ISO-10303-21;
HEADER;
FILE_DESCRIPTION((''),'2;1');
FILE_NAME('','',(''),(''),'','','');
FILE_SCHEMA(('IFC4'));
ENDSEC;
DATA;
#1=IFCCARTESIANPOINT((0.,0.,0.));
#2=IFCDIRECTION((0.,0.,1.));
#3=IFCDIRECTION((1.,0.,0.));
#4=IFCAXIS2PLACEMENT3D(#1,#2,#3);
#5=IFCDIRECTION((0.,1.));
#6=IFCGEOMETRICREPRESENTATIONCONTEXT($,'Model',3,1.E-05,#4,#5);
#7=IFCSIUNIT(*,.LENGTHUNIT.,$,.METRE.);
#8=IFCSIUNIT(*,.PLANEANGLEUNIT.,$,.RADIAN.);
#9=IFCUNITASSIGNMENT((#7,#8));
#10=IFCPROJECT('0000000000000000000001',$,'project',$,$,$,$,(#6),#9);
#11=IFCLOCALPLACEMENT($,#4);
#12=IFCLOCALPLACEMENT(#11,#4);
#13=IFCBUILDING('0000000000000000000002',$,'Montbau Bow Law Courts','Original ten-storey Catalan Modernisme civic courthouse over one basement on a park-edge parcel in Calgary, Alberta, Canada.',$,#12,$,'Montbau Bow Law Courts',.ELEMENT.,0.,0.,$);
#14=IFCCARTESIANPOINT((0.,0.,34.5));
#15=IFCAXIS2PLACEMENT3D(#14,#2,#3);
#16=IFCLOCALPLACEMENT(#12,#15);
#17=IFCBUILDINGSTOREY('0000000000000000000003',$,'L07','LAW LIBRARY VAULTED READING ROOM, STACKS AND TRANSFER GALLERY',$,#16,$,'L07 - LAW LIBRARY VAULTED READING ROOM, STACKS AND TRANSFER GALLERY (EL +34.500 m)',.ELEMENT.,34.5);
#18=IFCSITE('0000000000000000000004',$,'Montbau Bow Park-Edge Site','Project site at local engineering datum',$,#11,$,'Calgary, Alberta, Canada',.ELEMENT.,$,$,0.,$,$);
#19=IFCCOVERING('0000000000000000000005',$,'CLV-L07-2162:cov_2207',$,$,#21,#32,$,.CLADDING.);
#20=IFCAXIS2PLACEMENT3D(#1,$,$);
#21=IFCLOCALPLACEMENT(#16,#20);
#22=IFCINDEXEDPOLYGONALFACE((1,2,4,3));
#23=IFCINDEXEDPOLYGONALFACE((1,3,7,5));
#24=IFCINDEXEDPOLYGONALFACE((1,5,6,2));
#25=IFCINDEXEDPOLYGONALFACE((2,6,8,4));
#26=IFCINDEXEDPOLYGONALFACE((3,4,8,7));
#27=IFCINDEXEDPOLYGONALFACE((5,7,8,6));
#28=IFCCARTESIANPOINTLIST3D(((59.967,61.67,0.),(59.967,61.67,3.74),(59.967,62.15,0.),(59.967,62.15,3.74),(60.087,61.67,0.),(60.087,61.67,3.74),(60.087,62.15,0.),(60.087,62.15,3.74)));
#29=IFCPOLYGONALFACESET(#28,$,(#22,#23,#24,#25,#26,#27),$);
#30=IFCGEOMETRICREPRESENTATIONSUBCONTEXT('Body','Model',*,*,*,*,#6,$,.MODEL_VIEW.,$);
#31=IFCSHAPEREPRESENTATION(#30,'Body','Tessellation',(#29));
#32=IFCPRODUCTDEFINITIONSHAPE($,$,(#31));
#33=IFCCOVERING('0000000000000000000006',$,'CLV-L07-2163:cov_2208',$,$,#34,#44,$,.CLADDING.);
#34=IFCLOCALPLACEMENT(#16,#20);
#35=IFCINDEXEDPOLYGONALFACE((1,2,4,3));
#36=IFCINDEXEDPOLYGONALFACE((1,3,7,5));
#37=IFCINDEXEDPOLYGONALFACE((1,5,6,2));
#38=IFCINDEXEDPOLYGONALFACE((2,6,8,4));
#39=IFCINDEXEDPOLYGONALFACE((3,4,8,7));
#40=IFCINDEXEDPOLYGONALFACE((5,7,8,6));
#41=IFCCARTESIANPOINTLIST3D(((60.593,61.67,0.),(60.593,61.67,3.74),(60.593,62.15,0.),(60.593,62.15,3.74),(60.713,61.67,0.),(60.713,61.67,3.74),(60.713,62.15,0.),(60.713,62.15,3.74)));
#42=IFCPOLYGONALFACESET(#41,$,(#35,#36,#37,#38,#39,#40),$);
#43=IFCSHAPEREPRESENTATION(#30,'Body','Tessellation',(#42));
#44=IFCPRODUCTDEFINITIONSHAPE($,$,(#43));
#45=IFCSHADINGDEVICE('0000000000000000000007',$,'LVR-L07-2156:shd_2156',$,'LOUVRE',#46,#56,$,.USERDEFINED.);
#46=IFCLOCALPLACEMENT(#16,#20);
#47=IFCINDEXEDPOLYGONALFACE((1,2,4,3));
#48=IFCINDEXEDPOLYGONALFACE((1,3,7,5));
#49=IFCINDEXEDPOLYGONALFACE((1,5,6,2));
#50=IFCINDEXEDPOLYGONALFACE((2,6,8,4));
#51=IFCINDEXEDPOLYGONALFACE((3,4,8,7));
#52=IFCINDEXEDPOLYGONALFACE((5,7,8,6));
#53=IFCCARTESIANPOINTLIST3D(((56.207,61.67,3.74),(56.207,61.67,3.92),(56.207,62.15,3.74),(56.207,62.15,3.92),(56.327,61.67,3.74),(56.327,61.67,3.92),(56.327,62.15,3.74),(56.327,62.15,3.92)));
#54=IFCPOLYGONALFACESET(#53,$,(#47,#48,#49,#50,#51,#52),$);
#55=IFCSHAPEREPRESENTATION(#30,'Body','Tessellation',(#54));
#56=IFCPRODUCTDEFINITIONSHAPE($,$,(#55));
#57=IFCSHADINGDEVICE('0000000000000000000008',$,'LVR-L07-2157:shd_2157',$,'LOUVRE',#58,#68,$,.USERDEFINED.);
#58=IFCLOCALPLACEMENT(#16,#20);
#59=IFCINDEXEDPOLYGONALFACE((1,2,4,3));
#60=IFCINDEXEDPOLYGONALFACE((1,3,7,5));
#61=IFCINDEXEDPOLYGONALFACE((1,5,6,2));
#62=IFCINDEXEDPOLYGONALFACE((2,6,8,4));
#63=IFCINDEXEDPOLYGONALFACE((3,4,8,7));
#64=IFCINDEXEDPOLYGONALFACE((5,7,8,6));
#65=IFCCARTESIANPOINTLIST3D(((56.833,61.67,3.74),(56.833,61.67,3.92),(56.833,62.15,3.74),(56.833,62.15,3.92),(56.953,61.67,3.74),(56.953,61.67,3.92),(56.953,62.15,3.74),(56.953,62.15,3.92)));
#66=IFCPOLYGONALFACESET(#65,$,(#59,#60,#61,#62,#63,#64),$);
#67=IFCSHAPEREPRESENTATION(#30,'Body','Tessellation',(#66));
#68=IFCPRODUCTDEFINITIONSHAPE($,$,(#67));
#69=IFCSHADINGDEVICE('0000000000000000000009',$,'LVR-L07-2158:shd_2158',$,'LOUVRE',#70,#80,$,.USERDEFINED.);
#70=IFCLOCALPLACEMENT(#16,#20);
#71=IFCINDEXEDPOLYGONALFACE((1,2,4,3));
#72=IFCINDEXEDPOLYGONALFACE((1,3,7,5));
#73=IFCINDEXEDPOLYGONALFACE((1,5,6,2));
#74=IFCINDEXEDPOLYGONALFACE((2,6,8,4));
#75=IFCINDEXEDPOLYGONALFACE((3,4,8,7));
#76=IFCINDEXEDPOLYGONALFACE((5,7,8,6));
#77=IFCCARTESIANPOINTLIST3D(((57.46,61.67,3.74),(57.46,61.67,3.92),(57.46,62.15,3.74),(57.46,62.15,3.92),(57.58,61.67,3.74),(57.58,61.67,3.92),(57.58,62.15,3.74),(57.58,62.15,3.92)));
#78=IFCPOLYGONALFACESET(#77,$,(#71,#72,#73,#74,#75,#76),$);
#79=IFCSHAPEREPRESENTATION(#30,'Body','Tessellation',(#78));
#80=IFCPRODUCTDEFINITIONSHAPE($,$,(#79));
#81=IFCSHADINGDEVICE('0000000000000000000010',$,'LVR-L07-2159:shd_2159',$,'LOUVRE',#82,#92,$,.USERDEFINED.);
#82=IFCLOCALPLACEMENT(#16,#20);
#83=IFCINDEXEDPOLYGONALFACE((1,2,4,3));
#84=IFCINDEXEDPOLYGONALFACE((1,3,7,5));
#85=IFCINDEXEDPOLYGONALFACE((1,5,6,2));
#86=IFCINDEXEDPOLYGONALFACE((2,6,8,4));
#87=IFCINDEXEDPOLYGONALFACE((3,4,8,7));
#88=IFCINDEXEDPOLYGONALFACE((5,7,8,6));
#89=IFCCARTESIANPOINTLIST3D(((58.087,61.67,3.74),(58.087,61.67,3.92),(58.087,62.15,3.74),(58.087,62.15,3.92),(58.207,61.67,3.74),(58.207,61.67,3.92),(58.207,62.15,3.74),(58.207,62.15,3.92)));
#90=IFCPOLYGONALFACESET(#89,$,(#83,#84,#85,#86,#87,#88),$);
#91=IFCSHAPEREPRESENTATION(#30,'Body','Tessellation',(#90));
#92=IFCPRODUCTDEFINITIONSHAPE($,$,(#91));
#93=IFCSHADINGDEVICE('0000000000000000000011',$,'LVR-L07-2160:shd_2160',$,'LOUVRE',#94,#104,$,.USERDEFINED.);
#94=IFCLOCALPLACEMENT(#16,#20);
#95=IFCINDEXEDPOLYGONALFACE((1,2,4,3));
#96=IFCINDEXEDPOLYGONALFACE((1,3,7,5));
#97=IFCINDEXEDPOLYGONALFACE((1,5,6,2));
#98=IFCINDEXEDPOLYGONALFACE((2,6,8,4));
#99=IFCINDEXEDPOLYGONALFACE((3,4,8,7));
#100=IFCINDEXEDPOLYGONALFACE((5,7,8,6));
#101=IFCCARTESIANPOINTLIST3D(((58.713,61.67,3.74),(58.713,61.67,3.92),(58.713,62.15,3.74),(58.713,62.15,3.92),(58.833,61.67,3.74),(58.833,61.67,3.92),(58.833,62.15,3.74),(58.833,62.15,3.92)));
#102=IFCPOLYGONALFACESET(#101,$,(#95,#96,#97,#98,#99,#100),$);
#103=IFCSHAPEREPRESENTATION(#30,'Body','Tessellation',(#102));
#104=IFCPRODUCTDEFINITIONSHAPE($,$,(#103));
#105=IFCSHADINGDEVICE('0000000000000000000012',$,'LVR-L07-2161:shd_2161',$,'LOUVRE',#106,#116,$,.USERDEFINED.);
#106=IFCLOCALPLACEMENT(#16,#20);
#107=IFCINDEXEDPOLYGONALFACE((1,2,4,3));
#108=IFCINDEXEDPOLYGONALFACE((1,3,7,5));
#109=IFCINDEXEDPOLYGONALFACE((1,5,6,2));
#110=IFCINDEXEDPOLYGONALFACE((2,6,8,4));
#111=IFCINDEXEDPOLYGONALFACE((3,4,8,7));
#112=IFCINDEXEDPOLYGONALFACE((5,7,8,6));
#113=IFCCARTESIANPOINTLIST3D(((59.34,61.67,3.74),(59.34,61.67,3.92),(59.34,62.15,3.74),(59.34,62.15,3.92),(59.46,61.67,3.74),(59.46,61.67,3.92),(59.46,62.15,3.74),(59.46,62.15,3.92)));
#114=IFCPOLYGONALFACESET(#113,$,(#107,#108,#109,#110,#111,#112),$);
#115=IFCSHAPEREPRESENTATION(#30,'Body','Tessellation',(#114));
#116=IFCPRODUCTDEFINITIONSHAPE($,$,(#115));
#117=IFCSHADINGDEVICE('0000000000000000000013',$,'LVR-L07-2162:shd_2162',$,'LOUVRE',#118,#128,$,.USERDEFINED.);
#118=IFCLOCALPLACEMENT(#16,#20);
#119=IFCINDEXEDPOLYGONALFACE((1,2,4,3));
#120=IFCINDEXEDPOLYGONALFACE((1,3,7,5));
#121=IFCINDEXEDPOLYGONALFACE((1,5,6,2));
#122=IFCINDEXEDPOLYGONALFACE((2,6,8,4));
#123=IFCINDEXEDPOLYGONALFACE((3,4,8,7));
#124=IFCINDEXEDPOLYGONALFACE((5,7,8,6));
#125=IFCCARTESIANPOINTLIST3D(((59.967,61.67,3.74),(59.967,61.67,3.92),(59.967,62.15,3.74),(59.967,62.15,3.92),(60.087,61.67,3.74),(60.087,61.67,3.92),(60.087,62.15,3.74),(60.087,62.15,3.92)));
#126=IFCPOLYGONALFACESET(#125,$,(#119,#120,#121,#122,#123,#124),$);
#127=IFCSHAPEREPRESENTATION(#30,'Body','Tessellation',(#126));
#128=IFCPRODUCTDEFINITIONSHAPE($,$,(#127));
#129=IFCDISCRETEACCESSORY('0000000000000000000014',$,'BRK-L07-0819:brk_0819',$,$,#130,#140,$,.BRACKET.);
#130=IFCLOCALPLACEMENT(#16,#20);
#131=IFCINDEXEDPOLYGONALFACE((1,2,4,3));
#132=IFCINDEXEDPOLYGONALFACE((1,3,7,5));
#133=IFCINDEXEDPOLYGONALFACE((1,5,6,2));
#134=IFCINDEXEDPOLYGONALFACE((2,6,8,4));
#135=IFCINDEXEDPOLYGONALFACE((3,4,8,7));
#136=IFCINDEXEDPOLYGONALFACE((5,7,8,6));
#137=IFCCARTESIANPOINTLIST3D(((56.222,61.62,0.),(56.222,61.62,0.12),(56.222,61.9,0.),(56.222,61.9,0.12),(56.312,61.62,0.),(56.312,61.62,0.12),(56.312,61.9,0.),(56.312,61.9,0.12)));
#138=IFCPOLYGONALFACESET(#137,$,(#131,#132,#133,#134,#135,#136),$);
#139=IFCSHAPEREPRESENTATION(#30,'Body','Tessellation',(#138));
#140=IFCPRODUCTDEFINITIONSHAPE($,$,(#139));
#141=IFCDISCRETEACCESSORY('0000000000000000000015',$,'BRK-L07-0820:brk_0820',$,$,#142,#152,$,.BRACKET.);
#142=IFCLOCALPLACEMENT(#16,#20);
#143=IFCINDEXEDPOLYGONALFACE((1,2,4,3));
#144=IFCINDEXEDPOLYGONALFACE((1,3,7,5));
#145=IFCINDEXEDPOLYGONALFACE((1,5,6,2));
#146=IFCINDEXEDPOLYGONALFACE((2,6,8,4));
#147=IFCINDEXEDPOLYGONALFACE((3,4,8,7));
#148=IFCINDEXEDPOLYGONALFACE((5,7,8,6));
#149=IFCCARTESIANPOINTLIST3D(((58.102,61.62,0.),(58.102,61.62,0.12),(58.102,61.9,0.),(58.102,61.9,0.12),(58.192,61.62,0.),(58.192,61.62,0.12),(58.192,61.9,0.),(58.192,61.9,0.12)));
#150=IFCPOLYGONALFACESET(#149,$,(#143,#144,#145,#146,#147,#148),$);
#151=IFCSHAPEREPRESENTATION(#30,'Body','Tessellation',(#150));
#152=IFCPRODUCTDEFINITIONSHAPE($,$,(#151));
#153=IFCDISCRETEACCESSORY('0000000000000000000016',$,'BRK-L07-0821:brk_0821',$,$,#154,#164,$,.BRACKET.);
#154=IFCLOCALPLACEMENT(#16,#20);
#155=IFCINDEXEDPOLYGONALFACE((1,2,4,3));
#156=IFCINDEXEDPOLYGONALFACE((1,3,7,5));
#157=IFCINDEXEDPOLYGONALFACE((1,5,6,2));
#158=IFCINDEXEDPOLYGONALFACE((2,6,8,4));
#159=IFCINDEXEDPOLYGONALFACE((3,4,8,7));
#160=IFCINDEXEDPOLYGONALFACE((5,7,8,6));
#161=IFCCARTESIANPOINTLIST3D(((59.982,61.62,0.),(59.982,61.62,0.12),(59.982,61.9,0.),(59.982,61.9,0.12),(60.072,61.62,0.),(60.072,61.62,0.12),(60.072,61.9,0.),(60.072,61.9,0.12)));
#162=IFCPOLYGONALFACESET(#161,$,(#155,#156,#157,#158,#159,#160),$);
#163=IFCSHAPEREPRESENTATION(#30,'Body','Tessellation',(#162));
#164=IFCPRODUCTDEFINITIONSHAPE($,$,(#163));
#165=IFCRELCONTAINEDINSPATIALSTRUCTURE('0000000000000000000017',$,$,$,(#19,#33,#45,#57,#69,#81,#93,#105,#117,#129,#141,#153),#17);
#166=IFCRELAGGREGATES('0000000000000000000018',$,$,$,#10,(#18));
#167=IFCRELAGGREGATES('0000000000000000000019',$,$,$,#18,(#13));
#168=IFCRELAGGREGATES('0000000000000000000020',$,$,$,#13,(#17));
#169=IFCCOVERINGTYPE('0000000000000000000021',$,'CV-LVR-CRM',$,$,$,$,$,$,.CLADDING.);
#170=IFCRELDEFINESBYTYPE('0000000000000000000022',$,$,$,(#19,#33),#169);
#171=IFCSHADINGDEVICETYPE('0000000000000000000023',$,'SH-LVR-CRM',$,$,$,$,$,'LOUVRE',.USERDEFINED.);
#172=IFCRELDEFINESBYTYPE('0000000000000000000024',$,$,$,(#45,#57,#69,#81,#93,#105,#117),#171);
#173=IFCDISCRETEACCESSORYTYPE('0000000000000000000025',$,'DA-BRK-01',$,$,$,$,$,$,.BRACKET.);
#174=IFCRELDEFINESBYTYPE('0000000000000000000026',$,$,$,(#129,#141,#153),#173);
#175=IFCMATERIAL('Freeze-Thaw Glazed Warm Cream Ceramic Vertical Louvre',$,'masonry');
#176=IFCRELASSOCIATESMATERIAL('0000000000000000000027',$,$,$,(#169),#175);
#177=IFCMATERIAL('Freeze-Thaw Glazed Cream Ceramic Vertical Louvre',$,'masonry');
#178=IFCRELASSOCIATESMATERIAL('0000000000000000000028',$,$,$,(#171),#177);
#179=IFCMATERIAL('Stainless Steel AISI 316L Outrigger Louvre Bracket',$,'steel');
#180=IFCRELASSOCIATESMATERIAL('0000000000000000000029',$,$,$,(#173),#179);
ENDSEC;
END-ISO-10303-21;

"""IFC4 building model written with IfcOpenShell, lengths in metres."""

from ifc_helpers import new_model, si_unit, direction, frame, frame_2d, origin_with_axes, origin_2d_with_axis, place, context, subcontext, project, spatial, rectangle, extrude, material, type_object, element, save


model = new_model("IFC4")

# Units and contexts
model_context = context("Model", 3, precision=1e-05, world=origin_with_axes(), true_north=direction((0.0, 1.0)))
body_context = subcontext(model_context, "Body", "Model", "MODEL_VIEW")
ifc_project = project(units=[si_unit("LENGTHUNIT", "METRE"), si_unit("PLANEANGLEUNIT", "RADIAN")], contexts=[model_context])

# Site, building, storey
site_placement = place(None, origin_with_axes())
site = spatial("IfcSite", under=ifc_project, at=site_placement, Name="Montbau Bow Park-Edge Site", Description="Project site at local engineering datum", LongName="Calgary, Alberta, Canada", CompositionType="ELEMENT", RefElevation=0.0)
building_placement = place(site_placement, origin_with_axes())
building = spatial("IfcBuilding", under=site, at=building_placement, Name="Montbau Bow Law Courts", Description="Original ten-storey Catalan Modernisme civic courthouse over one basement on a park-edge parcel in Calgary, Alberta, Canada.", LongName="Montbau Bow Law Courts", CompositionType="ELEMENT", ElevationOfRefHeight=0.0, ElevationOfTerrain=0.0)
storey_placement = place(building_placement, frame((0.0, 0.0, 34.5), z_axis=(0.0, 0.0, 1.0), x_axis=(1.0, 0.0, 0.0)))
storey = spatial("IfcBuildingStorey", under=building, at=storey_placement, Name="L07", Description="LAW LIBRARY VAULTED READING ROOM, STACKS AND TRANSFER GALLERY", LongName="L07 - LAW LIBRARY VAULTED READING ROOM, STACKS AND TRANSFER GALLERY (EL +34.500 m)", CompositionType="ELEMENT", Elevation=34.5)

# Coverings
ifc_material_1 = material(Name="Freeze-Thaw Glazed Warm Cream Ceramic Vertical Louvre", Category="masonry")
covering_type = type_object("IfcCoveringType", Name="CV-LVR-CRM", PredefinedType="CLADDING", material=ifc_material_1)
for number, where, z_axis, x_axis, name in (
    (1, (60.027, 61.67, 34.5), (1.0, 0.0, 0.0), (0.0, 1.0, 0.0), "CLV-L07-2162:cov_2207"),
    (2, (60.653, 61.67, 34.5), (1.0, 0.0, 0.0), (0.0, 1.0, 0.0), "CLV-L07-2163:cov_2208"),
):
    element("IfcCovering", number, at=place(None, frame(where, z_axis=z_axis, x_axis=x_axis)), inside=storey, type_object=covering_type, Name=name, PredefinedType="CLADDING", context=body_context, shape_type="SweptSolid", body=[
        extrude(rectangle(XDim=0.48, YDim=3.74, at=frame_2d((0.24, 1.87), x_axis=(1.0, 0.0))), frame((0.0, 0.0, -0.06), z_axis=(0.0, 0.0, 1.0), x_axis=(1.0, 0.0, 0.0)), (0.0, 0.0, 1.0), 0.12),
    ])

# Shading devices
ifc_material_2 = material(Name="Freeze-Thaw Glazed Cream Ceramic Vertical Louvre", Category="masonry")
shading_device_type = type_object("IfcShadingDeviceType", Name="SH-LVR-CRM", ElementType="LOUVRE", PredefinedType="USERDEFINED", material=ifc_material_2)
for number, where, z_axis, x_axis, name in (
    (3, (56.267, 61.91, 38.24), (0.0, 0.0, 1.0), (0.0, 1.0, 0.0), "LVR-L07-2156:shd_2156"),
    (4, (56.893, 61.91, 38.24), (0.0, 0.0, 1.0), (0.0, 1.0, 0.0), "LVR-L07-2157:shd_2157"),
    (5, (57.52, 61.91, 38.24), (0.0, 0.0, 1.0), (0.0, 1.0, 0.0), "LVR-L07-2158:shd_2158"),
    (6, (58.147, 61.91, 38.24), (0.0, 0.0, 1.0), (0.0, 1.0, 0.0), "LVR-L07-2159:shd_2159"),
    (7, (58.773, 61.91, 38.24), (0.0, 0.0, 1.0), (0.0, 1.0, 0.0), "LVR-L07-2160:shd_2160"),
    (8, (59.4, 61.91, 38.24), (0.0, 0.0, 1.0), (0.0, 1.0, 0.0), "LVR-L07-2161:shd_2161"),
    (9, (60.027, 61.91, 38.24), (0.0, 0.0, 1.0), (0.0, 1.0, 0.0), "LVR-L07-2162:shd_2162"),
):
    element("IfcShadingDevice", number, at=place(None, frame(where, z_axis=z_axis, x_axis=x_axis)), inside=storey, type_object=shading_device_type, Name=name, ObjectType="LOUVRE", PredefinedType="USERDEFINED", context=body_context, shape_type="SweptSolid", body=[
        extrude(rectangle(XDim=0.48, YDim=0.12, at=origin_2d_with_axis()), origin_with_axes(), (0.0, 0.0, 1.0), 0.18),
    ])

# Discrete accessories
ifc_material_3 = material(Name="Stainless Steel AISI 316L Outrigger Louvre Bracket", Category="steel")
discrete_accessory_type = type_object("IfcDiscreteAccessoryType", Name="DA-BRK-01", PredefinedType="BRACKET", material=ifc_material_3)
for number, where, z_axis, x_axis, name in (
    (10, (56.267, 61.76, 34.5), (0.0, 0.0, 1.0), (0.0, 1.0, 0.0), "BRK-L07-0819:brk_0819"),
    (11, (58.147, 61.76, 34.5), (0.0, 0.0, 1.0), (0.0, 1.0, 0.0), "BRK-L07-0820:brk_0820"),
    (12, (60.027, 61.76, 34.5), (0.0, 0.0, 1.0), (0.0, 1.0, 0.0), "BRK-L07-0821:brk_0821"),
):
    element("IfcDiscreteAccessory", number, at=place(None, frame(where, z_axis=z_axis, x_axis=x_axis)), inside=storey, type_object=discrete_accessory_type, Name=name, PredefinedType="BRACKET", context=body_context, shape_type="SweptSolid", body=[
        extrude(rectangle(XDim=0.28, YDim=0.09, at=origin_2d_with_axis()), origin_with_axes(), (0.0, 0.0, 1.0), 0.12),
    ])

save(model, "model.ifc")
